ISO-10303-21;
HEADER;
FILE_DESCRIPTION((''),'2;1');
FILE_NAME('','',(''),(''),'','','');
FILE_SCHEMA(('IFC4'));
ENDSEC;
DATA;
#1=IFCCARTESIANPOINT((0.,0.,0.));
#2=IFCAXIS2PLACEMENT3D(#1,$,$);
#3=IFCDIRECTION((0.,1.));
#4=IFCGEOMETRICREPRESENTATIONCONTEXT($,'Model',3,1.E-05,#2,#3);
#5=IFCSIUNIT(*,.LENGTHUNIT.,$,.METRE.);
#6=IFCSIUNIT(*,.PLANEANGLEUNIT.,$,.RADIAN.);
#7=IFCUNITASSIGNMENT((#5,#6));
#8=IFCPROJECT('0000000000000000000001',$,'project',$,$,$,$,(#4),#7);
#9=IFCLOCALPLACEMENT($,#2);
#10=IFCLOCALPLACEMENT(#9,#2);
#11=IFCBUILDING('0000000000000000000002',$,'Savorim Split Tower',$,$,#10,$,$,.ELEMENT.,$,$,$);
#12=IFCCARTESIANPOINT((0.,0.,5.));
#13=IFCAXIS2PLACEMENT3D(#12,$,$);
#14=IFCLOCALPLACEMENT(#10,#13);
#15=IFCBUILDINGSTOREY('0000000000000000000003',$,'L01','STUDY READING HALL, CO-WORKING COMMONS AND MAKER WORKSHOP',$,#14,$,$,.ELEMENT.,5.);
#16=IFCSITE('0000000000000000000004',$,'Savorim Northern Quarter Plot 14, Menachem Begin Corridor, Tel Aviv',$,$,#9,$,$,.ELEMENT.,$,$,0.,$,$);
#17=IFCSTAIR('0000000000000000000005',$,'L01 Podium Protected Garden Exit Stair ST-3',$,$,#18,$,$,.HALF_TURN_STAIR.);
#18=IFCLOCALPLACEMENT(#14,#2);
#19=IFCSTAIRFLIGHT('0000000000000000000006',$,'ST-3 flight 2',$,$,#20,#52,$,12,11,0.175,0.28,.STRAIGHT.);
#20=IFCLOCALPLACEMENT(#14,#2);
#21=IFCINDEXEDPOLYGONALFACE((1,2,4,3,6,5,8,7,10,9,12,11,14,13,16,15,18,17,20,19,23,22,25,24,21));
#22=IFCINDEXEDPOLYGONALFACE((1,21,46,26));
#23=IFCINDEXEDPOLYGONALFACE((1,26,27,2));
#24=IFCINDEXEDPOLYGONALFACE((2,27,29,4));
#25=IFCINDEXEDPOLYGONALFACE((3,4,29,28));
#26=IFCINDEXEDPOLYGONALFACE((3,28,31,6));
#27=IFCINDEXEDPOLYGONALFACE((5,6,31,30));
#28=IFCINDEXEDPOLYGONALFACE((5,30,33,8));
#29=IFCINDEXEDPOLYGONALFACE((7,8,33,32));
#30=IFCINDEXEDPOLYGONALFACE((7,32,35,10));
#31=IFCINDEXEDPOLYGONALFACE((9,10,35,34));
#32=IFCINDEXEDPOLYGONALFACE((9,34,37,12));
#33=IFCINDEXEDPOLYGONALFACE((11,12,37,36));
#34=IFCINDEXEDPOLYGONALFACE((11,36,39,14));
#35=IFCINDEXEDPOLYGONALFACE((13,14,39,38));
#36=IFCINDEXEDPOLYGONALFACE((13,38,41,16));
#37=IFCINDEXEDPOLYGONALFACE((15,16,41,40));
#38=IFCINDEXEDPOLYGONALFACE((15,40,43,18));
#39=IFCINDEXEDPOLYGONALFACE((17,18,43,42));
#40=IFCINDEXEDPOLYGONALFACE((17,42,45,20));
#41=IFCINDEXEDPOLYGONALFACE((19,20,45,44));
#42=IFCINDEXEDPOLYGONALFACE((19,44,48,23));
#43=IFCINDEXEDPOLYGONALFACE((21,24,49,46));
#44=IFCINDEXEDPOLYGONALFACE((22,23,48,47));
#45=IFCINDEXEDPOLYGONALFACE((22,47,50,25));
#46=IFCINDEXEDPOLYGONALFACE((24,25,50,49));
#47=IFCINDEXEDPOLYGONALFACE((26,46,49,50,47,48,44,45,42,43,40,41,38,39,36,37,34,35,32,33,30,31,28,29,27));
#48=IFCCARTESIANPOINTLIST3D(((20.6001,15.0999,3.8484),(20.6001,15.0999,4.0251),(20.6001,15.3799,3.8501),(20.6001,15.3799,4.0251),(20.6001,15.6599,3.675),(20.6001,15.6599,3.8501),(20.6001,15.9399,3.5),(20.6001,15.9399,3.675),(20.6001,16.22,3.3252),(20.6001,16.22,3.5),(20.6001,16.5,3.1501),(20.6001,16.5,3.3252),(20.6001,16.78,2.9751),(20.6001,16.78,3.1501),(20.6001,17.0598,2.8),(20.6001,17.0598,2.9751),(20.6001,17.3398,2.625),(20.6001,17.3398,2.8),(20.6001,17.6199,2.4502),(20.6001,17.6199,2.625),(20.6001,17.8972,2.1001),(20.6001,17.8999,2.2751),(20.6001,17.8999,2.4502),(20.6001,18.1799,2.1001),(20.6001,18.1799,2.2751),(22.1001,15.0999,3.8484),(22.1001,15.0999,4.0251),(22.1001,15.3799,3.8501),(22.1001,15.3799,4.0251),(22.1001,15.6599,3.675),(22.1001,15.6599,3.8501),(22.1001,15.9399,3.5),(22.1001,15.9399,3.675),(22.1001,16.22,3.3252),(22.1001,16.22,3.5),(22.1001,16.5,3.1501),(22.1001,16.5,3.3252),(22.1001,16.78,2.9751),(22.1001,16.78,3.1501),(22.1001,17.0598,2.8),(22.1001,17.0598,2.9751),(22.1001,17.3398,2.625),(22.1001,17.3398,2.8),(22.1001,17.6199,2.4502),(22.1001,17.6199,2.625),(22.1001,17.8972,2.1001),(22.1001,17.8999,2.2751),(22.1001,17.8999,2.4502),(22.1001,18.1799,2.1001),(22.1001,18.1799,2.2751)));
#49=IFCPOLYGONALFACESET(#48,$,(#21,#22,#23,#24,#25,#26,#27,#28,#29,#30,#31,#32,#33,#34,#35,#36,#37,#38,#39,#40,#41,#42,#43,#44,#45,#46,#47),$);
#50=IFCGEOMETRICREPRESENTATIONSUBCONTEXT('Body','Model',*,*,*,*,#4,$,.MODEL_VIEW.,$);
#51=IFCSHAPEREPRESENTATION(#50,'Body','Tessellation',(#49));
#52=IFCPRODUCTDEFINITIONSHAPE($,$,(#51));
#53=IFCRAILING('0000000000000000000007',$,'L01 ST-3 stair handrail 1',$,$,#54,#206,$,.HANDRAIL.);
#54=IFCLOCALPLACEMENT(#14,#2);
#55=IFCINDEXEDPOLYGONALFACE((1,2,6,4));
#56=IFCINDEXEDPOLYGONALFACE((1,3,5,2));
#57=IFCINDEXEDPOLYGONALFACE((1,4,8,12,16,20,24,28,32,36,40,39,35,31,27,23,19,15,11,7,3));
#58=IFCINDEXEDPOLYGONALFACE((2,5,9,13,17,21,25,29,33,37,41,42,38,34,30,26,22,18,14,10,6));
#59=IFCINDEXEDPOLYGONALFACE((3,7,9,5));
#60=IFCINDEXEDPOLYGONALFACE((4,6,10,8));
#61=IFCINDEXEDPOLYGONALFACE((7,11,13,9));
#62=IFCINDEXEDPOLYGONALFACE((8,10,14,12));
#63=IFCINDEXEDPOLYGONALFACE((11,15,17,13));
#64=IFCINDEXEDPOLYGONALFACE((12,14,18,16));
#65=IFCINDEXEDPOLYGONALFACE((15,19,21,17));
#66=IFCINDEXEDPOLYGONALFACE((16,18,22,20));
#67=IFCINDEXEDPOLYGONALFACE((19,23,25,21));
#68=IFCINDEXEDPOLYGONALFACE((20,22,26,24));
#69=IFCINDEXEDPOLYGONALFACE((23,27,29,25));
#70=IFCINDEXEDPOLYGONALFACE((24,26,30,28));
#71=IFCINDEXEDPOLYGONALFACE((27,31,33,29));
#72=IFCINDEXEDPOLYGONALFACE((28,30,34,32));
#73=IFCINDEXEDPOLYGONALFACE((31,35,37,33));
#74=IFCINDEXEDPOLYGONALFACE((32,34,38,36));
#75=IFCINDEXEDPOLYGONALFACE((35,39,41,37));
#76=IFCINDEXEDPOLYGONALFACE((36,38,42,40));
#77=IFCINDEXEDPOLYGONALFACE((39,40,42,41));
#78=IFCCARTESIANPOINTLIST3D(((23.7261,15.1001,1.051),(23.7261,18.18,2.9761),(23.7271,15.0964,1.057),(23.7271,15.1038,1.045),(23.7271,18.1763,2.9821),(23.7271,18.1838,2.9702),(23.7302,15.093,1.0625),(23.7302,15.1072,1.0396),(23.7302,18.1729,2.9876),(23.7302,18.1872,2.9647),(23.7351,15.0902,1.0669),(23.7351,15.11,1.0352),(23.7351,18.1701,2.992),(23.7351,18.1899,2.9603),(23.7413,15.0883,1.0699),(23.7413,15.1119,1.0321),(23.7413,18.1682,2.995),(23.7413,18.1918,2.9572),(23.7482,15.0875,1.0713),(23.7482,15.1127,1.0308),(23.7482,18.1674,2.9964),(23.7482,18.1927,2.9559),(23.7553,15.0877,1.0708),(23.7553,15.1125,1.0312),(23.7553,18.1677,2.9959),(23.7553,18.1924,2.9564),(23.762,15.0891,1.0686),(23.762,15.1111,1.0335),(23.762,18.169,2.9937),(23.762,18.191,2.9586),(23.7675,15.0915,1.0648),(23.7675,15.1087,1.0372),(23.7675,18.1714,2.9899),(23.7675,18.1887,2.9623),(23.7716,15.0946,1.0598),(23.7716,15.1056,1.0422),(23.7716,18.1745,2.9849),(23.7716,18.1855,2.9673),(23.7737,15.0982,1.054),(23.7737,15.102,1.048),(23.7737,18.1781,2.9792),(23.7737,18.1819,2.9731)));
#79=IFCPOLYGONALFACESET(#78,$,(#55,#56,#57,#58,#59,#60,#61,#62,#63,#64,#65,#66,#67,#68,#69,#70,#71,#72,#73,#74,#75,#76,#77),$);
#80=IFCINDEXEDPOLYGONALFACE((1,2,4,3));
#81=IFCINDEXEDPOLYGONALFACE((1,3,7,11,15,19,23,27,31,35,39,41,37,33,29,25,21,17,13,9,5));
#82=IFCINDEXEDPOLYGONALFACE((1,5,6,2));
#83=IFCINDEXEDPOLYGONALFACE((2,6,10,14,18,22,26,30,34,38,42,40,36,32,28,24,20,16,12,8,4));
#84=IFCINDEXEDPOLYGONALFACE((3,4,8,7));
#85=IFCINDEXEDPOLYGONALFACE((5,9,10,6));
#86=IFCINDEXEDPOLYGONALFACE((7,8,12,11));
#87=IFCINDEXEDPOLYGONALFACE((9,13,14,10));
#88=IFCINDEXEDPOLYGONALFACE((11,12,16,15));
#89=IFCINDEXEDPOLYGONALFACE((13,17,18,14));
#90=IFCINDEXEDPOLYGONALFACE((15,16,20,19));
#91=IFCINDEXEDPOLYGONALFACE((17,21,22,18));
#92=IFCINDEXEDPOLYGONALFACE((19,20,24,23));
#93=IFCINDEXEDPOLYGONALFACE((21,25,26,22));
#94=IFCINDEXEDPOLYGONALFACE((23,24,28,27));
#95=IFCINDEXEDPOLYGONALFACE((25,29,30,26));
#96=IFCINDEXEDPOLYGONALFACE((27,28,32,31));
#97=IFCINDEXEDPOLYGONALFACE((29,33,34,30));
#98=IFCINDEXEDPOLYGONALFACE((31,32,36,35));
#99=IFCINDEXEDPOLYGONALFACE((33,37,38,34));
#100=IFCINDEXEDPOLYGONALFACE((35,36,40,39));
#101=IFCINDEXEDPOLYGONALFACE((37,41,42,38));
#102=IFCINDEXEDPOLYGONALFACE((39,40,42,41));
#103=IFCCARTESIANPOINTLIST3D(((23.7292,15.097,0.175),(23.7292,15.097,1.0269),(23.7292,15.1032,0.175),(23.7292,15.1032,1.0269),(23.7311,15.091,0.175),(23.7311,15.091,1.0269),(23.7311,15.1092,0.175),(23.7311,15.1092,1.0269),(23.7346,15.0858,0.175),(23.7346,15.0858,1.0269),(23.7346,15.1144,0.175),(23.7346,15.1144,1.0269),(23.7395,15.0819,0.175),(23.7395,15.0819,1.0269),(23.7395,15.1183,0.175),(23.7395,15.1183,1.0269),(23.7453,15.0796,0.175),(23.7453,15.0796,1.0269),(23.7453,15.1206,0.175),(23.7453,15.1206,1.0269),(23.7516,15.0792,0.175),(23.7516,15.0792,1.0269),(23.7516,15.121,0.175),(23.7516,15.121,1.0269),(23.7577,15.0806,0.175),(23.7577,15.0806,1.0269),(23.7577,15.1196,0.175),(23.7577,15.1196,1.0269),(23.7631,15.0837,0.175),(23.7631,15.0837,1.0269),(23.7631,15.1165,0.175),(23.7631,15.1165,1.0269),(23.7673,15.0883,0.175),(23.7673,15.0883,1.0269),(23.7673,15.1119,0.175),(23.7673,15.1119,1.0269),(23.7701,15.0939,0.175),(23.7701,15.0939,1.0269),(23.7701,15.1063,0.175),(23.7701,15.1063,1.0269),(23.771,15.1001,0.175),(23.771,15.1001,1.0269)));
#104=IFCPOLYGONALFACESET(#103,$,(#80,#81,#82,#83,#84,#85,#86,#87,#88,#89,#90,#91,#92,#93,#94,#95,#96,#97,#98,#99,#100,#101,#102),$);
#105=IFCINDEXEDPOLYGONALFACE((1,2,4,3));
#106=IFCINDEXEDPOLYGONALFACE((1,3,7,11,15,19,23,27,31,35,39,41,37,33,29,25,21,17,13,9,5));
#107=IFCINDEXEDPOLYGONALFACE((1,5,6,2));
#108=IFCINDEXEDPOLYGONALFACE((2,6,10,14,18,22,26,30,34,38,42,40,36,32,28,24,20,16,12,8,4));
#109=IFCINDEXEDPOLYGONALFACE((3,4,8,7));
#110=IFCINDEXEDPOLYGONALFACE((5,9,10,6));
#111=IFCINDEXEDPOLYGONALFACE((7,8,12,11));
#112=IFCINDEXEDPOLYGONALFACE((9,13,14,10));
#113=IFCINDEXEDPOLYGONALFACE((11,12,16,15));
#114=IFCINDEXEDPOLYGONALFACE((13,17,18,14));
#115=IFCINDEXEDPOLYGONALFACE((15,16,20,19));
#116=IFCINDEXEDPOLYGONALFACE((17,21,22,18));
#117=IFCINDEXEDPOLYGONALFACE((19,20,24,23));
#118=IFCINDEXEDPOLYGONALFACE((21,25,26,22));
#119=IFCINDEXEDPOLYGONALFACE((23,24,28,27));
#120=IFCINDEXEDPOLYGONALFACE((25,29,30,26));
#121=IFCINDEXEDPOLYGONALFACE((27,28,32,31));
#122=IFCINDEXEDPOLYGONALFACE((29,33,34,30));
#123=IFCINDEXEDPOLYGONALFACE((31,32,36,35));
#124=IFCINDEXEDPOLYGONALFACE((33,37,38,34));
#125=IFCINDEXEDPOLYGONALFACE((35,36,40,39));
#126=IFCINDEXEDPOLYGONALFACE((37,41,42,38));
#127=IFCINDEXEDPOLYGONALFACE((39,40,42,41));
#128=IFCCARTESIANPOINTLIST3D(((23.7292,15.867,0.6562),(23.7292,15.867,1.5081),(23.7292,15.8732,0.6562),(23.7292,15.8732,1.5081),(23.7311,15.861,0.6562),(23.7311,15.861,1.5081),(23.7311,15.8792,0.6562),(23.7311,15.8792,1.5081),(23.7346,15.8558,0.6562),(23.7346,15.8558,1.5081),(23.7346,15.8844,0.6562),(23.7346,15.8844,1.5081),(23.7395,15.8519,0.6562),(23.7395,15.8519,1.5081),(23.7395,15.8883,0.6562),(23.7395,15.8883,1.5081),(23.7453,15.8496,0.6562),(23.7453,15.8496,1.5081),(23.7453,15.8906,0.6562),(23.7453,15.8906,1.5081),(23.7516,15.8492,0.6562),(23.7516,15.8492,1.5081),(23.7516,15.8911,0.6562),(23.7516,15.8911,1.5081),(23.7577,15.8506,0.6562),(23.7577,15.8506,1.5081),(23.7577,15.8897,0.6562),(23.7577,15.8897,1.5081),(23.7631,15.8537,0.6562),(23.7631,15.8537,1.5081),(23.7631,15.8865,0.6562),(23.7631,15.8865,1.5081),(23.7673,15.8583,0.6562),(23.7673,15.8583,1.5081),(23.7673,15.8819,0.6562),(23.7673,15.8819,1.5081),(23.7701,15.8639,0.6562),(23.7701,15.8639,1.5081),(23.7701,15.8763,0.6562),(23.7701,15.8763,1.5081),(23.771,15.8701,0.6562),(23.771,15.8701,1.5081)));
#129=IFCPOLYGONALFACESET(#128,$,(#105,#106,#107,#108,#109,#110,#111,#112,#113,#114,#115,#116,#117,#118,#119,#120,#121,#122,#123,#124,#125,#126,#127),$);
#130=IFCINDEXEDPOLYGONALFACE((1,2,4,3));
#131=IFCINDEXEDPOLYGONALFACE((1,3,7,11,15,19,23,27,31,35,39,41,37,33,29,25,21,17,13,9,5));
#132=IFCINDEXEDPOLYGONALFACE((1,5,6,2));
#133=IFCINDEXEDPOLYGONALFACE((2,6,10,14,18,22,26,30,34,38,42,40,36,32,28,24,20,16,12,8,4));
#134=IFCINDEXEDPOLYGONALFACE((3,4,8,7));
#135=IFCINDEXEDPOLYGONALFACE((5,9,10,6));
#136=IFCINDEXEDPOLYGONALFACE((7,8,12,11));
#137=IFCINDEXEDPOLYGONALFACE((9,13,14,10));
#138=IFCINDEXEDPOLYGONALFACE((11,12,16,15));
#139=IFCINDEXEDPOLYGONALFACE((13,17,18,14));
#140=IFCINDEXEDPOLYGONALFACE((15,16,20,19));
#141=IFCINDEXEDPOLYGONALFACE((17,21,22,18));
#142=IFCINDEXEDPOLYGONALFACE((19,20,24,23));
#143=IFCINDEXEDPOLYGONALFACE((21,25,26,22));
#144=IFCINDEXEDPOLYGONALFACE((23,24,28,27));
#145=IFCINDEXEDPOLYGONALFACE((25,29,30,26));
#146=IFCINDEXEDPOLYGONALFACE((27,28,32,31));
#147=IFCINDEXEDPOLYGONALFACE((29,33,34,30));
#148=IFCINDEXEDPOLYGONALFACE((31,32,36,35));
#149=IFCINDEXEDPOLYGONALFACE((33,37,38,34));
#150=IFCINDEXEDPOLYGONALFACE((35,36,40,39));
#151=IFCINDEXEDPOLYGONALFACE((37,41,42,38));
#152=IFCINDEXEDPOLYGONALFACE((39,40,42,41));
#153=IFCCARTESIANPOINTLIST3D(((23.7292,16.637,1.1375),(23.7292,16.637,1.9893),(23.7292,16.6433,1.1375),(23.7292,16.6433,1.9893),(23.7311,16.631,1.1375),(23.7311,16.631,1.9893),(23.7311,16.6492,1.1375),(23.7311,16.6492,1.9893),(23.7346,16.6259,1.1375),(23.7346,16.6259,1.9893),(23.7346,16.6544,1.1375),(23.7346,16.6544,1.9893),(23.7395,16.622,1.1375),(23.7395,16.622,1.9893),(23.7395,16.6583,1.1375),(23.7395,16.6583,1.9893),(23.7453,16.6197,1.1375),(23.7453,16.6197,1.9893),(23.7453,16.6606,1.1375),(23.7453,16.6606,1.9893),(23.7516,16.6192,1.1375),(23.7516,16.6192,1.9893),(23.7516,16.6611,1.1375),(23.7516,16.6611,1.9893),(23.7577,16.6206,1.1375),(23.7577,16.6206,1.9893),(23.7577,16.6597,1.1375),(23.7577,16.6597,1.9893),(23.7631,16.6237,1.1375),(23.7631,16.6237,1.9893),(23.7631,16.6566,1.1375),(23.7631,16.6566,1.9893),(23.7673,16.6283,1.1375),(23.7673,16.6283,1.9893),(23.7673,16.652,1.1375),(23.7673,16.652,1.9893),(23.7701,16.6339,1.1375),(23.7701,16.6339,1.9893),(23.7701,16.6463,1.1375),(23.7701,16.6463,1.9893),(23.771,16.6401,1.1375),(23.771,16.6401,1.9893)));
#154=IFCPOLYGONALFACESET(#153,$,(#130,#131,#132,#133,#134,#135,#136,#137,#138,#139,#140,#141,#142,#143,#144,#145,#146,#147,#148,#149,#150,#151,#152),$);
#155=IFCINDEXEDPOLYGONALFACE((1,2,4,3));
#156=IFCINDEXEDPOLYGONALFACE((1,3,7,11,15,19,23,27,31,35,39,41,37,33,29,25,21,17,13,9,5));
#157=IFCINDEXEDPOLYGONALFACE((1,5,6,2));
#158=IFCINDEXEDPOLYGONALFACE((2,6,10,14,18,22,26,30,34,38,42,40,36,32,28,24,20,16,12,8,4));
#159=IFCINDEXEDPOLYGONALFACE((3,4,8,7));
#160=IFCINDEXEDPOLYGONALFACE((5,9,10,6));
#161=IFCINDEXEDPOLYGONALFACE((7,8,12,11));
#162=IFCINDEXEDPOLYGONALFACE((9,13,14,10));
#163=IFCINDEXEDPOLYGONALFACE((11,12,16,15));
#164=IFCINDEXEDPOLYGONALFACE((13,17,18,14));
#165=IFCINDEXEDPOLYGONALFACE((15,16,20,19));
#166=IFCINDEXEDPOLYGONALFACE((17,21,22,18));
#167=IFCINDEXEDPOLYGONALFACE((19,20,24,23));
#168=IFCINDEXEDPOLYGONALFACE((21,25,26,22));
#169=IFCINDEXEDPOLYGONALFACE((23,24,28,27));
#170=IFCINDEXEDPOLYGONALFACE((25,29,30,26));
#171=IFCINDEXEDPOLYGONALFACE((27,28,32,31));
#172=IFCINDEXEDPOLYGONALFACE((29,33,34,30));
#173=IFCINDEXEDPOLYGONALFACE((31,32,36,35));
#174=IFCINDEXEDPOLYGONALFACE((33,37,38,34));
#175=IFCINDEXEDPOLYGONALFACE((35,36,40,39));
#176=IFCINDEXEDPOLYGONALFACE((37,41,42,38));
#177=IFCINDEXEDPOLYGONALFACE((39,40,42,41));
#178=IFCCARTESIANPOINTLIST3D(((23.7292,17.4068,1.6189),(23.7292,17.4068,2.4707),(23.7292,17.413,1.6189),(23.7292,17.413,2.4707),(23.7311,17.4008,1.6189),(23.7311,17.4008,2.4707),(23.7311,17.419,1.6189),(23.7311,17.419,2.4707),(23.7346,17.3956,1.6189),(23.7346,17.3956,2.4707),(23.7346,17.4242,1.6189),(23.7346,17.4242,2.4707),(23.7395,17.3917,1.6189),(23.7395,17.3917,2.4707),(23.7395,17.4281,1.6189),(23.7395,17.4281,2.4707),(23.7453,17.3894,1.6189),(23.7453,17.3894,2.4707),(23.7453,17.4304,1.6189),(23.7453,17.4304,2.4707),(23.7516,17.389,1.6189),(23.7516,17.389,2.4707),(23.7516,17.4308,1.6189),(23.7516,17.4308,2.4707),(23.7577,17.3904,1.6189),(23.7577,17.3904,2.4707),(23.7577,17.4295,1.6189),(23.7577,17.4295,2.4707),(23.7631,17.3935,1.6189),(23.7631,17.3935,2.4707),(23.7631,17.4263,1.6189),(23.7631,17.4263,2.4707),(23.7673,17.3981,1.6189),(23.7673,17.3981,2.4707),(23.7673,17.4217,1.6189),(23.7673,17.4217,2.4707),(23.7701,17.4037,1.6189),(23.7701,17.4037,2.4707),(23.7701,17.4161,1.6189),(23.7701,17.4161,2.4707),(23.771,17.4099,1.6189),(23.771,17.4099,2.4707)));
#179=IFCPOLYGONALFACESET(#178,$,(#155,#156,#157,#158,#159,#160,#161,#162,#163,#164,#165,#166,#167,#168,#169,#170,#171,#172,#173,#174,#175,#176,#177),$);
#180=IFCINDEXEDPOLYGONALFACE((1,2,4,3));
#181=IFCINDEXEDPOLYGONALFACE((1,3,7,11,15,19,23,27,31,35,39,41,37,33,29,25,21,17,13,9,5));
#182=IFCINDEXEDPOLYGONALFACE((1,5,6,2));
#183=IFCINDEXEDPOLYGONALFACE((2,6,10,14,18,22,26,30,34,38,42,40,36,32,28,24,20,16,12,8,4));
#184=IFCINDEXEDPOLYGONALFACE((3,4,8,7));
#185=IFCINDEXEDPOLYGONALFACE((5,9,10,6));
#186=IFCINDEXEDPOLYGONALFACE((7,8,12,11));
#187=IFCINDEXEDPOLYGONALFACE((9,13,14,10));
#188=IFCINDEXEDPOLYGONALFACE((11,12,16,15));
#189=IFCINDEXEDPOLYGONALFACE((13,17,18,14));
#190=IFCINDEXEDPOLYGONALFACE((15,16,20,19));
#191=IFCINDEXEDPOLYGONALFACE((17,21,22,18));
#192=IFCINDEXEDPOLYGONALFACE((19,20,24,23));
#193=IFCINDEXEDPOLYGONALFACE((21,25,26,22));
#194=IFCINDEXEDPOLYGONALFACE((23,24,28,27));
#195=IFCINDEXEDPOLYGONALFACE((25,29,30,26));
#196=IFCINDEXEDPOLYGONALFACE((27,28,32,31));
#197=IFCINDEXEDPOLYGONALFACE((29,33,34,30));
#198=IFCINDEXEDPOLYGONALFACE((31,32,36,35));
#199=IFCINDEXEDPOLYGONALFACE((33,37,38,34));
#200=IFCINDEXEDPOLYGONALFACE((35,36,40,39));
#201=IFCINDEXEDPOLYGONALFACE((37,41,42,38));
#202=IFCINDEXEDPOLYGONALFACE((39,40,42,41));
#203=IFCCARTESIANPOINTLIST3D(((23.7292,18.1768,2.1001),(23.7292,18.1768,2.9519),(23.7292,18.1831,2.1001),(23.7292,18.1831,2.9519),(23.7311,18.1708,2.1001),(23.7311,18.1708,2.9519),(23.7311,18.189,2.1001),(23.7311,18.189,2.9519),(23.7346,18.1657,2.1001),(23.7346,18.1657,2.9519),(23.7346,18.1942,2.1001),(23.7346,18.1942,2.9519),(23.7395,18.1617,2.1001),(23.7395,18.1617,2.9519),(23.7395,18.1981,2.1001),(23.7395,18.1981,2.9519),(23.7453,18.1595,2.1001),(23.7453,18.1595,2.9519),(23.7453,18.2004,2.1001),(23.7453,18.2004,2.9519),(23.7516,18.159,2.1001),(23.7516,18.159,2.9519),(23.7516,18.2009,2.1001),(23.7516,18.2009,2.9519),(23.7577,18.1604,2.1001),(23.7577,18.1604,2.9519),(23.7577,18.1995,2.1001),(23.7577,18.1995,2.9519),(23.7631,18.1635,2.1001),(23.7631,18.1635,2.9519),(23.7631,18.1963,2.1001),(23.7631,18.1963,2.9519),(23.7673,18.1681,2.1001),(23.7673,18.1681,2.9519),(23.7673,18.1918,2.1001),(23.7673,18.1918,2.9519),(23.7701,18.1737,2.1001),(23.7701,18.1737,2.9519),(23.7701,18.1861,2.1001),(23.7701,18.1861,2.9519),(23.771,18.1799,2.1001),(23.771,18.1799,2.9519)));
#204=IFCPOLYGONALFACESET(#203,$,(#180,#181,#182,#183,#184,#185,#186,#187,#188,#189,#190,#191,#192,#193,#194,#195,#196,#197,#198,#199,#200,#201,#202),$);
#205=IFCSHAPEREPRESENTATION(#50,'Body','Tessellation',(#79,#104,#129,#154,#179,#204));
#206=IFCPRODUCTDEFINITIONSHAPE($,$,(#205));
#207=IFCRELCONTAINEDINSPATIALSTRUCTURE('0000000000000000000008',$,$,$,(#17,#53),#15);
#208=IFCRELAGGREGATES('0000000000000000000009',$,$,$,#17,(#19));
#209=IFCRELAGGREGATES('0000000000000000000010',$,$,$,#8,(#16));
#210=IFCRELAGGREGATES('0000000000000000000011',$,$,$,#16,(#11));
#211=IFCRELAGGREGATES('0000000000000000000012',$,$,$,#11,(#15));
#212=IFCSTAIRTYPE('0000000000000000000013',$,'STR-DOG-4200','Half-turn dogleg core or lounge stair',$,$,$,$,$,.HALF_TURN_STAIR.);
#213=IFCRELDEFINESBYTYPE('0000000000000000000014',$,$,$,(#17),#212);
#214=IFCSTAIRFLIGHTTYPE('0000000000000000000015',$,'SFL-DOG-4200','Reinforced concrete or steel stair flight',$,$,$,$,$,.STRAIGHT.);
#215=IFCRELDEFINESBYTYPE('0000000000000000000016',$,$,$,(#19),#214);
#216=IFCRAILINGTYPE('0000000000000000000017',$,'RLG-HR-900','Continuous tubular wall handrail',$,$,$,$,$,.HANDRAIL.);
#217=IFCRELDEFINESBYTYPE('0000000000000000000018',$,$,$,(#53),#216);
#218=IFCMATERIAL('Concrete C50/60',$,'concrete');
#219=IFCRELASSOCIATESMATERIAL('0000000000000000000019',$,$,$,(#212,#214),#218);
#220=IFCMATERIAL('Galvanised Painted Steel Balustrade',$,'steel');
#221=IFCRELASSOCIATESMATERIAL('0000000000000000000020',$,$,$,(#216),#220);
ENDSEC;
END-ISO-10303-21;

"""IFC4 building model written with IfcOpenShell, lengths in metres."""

from ifc_helpers import new_model, si_unit, direction, frame, origin, origin_2d, place, context, subcontext, project, spatial, polyline, circle, outline, extrude, material, type_object, element, aggregate, save


model = new_model("IFC4")

# Units and contexts
model_context = context("Model", 3, precision=1e-05, world=origin(), true_north=direction((0.0, 1.0)))
body_context = subcontext(model_context, "Body", "Model", "MODEL_VIEW")
ifc_project = project(units=[si_unit("LENGTHUNIT", "METRE"), si_unit("PLANEANGLEUNIT", "RADIAN")], contexts=[model_context])

# Site, building, storey
site_placement = place(None, origin())
site = spatial("IfcSite", under=ifc_project, at=site_placement, Name="Savorim Northern Quarter Plot 14, Menachem Begin Corridor, Tel Aviv", CompositionType="ELEMENT", RefElevation=0.0)
building_placement = place(site_placement, origin())
building = spatial("IfcBuilding", under=site, at=building_placement, Name="Savorim Split Tower", CompositionType="ELEMENT")
storey_placement = place(building_placement, frame((0.0, 0.0, 5.0)))
storey = spatial("IfcBuildingStorey", under=building, at=storey_placement, Name="L01", Description="STUDY READING HALL, CO-WORKING COMMONS AND MAKER WORKSHOP", CompositionType="ELEMENT", Elevation=5.0)

# Shared definitions
ifc_material_1 = material(Name="Concrete C50/60", Category="concrete")

# Stair, stair flight
stair_type = type_object("IfcStairType", Name="STR-DOG-4200", Description="Half-turn dogleg core or lounge stair", PredefinedType="HALF_TURN_STAIR", material=ifc_material_1)
stair_placement = place(storey_placement, origin())
stair = element("IfcStair", 1, at=stair_placement, inside=storey, type_object=stair_type, Name="L01 Podium Protected Garden Exit Stair ST-3", PredefinedType="HALF_TURN_STAIR")
stair_flight_type = type_object("IfcStairFlightType", Name="SFL-DOG-4200", Description="Reinforced concrete or steel stair flight", PredefinedType="STRAIGHT", material=ifc_material_1)
stair_flight_1_placement = place(storey_placement, frame((21.3501, 18.1799, 2.1001), z_axis=(0.0, 0.0, 1.0), x_axis=(0.0, -1.0, 0.0)))
stair_flight_1 = element("IfcStairFlight", 2, at=stair_flight_1_placement, type_object=stair_flight_type, Name="ST-3 flight 2", NumberOfRisers=12, NumberOfTreads=11, PredefinedType="STRAIGHT", RiserHeight=0.175, TreadLength=0.28, context=body_context, shape_type="SweptSolid", body=[
    extrude(outline(polyline([(0.0, 0.0), (0.0, 0.175), (0.28, 0.175), (0.28, 0.3501), (0.5601, 0.3501), (0.5601, 0.5249), (0.8401, 0.5249), (0.8401, 0.7), (1.1201, 0.7), (1.1201, 0.875), (1.3999, 0.875), (1.3999, 1.05), (1.6799, 1.05), (1.6799, 1.2251), (1.96, 1.2251), (1.96, 1.3999), (2.24, 1.3999), (2.24, 1.575), (2.52, 1.575), (2.52, 1.75), (2.8, 1.75), (2.8, 1.925), (3.0801, 1.925), (3.0801, 2.1001), (3.0801, 1.7483), (0.2827, 0.0), (0.0, 0.0)])), frame((0.0, 0.75, 0.0), z_axis=(0.0, -1.0, 0.0), x_axis=(1.0, 0.0, 0.0)), (0.0, 0.0, 1.0), 1.5),
])
aggregate(stair, [stair_flight_1])

# Railing
ifc_material_2 = material(Name="Galvanised Painted Steel Balustrade", Category="steel")
railing_type_1 = type_object("IfcRailingType", Name="RLG-HR-900", Description="Continuous tubular wall handrail", PredefinedType="HANDRAIL", material=ifc_material_2)
railing_1_placement = place(storey_placement, frame((23.75, 15.1001, 0.175)))
element("IfcRailing", 3, at=railing_1_placement, inside=storey, type_object=railing_type_1, Name="L01 ST-3 stair handrail 1", PredefinedType="HANDRAIL", context=body_context, shape_type="SweptSolid", body=[
    extrude(circle(Radius=0.0239, at=origin_2d()), frame((0.0, 0.0, 0.876), z_axis=(0.0, 0.847979, 0.530029), x_axis=(-1.0, 0.0, 0.0)), (0.0, 0.0, 1.0), 3.6321),
    extrude(circle(Radius=0.021, at=origin_2d()), origin(), (0.0, 0.0, 1.0), 0.8518),
    extrude(circle(Radius=0.021, at=origin_2d()), frame((0.0, 0.77, 0.4812)), (0.0, 0.0, 1.0), 0.8518),
    extrude(circle(Radius=0.021, at=origin_2d()), frame((0.0, 1.54, 0.9624)), (0.0, 0.0, 1.0), 0.8518),
    extrude(circle(Radius=0.021, at=origin_2d()), frame((0.0, 2.3098, 1.4438)), (0.0, 0.0, 1.0), 0.8518),
    extrude(circle(Radius=0.021, at=origin_2d()), frame((0.0, 3.0798, 1.925)), (0.0, 0.0, 1.0), 0.8518),
])

save(model, "model.ifc")
